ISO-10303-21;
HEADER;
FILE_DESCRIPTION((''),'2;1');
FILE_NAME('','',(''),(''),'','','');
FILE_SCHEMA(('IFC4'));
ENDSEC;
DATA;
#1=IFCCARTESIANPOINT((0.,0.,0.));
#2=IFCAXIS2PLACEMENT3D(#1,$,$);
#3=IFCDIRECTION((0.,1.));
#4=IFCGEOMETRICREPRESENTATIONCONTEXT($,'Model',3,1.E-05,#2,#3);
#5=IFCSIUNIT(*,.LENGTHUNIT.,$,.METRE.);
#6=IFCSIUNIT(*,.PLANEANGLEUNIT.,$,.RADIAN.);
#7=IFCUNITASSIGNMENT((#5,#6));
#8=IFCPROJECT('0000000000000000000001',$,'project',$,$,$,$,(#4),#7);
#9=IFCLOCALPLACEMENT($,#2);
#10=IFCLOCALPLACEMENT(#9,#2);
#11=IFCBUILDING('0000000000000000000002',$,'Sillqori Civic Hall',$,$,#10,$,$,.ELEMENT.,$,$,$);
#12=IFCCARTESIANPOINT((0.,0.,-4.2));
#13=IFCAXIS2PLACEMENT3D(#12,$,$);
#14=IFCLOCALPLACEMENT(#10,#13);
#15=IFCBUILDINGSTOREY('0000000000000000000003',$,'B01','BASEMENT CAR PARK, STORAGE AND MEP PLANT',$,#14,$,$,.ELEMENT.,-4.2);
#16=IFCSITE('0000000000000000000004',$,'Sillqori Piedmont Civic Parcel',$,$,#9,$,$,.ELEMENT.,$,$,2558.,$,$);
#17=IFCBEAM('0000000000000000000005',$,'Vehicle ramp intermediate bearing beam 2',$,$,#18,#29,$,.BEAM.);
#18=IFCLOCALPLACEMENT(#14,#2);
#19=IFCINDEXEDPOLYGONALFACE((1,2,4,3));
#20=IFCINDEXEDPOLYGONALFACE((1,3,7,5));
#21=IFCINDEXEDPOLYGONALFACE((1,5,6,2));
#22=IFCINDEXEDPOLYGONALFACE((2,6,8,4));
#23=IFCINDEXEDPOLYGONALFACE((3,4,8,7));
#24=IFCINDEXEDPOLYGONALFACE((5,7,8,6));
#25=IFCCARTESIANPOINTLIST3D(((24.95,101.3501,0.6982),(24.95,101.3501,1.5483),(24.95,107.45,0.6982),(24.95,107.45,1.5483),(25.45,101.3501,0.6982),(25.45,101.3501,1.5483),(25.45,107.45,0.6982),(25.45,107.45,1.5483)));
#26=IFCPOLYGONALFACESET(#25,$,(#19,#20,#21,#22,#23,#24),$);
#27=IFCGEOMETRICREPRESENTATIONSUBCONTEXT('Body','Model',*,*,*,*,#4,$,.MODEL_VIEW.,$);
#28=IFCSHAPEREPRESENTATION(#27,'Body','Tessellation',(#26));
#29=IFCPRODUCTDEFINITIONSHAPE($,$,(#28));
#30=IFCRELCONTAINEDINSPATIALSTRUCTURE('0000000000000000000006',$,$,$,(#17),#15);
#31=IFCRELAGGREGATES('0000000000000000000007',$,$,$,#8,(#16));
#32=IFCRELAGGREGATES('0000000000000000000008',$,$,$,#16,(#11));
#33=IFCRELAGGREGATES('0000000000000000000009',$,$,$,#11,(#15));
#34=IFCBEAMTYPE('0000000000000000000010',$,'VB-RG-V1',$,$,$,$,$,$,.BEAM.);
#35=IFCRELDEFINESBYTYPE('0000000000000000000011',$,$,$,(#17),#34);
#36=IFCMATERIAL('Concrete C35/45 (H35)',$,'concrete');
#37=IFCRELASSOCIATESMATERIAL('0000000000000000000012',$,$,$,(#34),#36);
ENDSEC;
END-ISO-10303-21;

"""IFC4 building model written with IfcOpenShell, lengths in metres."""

from ifc_helpers import new_model, si_unit, direction, frame, origin, origin_2d, place, context, subcontext, project, spatial, rectangle, extrude, material, material_profile, profile_set, type_object, element, save


model = new_model("IFC4")

# Units and contexts
model_context = context("Model", 3, precision=1e-05, world=origin(), true_north=direction((0.0, 1.0)))
body_context = subcontext(model_context, "Body", "Model", "MODEL_VIEW")
ifc_project = project(units=[si_unit("LENGTHUNIT", "METRE"), si_unit("PLANEANGLEUNIT", "RADIAN")], contexts=[model_context])

# Site, building, storey
site_placement = place(None, origin())
site = spatial("IfcSite", under=ifc_project, at=site_placement, Name="Sillqori Piedmont Civic Parcel", CompositionType="ELEMENT", RefElevation=2558.0)
building_placement = place(site_placement, origin())
building = spatial("IfcBuilding", under=site, at=building_placement, Name="Sillqori Civic Hall", CompositionType="ELEMENT")
storey_placement = place(building_placement, frame((0.0, 0.0, -4.2)))
storey = spatial("IfcBuildingStorey", under=building, at=storey_placement, Name="B01", Description="BASEMENT CAR PARK, STORAGE AND MEP PLANT", CompositionType="ELEMENT", Elevation=-4.2)

# Shared definitions
ifc_material_1 = material(Name="Concrete C35/45 (H35)", Category="concrete")

# Beam
ifc_material_profile_1 = material_profile(ifc_material_1, rectangle(XDim=0.5, YDim=0.8501, at=origin_2d()), Name="RC 500x850")
ifc_profile_set_1 = profile_set([ifc_material_profile_1], Name="Concrete C35/45 (H35)")
beam_type_1 = type_object("IfcBeamType", Name="VB-RG-V1", PredefinedType="BEAM", material=ifc_profile_set_1)
beam_1_placement = place(storey_placement, frame((25.2, 101.3501, 1.1233), z_axis=(0.0, 1.0, 0.0), x_axis=(-1.0, 0.0, 0.0)))
element("IfcBeam", 1, at=beam_1_placement, inside=storey, type_object=beam_type_1, Name="Vehicle ramp intermediate bearing beam 2", PredefinedType="BEAM", context=body_context, shape_type="SweptSolid", body=[
    extrude(rectangle(XDim=0.5, YDim=0.8501, at=origin_2d()), origin(), (0.0, 0.0, 1.0), 6.0999),
])

save(model, "model.ifc")
